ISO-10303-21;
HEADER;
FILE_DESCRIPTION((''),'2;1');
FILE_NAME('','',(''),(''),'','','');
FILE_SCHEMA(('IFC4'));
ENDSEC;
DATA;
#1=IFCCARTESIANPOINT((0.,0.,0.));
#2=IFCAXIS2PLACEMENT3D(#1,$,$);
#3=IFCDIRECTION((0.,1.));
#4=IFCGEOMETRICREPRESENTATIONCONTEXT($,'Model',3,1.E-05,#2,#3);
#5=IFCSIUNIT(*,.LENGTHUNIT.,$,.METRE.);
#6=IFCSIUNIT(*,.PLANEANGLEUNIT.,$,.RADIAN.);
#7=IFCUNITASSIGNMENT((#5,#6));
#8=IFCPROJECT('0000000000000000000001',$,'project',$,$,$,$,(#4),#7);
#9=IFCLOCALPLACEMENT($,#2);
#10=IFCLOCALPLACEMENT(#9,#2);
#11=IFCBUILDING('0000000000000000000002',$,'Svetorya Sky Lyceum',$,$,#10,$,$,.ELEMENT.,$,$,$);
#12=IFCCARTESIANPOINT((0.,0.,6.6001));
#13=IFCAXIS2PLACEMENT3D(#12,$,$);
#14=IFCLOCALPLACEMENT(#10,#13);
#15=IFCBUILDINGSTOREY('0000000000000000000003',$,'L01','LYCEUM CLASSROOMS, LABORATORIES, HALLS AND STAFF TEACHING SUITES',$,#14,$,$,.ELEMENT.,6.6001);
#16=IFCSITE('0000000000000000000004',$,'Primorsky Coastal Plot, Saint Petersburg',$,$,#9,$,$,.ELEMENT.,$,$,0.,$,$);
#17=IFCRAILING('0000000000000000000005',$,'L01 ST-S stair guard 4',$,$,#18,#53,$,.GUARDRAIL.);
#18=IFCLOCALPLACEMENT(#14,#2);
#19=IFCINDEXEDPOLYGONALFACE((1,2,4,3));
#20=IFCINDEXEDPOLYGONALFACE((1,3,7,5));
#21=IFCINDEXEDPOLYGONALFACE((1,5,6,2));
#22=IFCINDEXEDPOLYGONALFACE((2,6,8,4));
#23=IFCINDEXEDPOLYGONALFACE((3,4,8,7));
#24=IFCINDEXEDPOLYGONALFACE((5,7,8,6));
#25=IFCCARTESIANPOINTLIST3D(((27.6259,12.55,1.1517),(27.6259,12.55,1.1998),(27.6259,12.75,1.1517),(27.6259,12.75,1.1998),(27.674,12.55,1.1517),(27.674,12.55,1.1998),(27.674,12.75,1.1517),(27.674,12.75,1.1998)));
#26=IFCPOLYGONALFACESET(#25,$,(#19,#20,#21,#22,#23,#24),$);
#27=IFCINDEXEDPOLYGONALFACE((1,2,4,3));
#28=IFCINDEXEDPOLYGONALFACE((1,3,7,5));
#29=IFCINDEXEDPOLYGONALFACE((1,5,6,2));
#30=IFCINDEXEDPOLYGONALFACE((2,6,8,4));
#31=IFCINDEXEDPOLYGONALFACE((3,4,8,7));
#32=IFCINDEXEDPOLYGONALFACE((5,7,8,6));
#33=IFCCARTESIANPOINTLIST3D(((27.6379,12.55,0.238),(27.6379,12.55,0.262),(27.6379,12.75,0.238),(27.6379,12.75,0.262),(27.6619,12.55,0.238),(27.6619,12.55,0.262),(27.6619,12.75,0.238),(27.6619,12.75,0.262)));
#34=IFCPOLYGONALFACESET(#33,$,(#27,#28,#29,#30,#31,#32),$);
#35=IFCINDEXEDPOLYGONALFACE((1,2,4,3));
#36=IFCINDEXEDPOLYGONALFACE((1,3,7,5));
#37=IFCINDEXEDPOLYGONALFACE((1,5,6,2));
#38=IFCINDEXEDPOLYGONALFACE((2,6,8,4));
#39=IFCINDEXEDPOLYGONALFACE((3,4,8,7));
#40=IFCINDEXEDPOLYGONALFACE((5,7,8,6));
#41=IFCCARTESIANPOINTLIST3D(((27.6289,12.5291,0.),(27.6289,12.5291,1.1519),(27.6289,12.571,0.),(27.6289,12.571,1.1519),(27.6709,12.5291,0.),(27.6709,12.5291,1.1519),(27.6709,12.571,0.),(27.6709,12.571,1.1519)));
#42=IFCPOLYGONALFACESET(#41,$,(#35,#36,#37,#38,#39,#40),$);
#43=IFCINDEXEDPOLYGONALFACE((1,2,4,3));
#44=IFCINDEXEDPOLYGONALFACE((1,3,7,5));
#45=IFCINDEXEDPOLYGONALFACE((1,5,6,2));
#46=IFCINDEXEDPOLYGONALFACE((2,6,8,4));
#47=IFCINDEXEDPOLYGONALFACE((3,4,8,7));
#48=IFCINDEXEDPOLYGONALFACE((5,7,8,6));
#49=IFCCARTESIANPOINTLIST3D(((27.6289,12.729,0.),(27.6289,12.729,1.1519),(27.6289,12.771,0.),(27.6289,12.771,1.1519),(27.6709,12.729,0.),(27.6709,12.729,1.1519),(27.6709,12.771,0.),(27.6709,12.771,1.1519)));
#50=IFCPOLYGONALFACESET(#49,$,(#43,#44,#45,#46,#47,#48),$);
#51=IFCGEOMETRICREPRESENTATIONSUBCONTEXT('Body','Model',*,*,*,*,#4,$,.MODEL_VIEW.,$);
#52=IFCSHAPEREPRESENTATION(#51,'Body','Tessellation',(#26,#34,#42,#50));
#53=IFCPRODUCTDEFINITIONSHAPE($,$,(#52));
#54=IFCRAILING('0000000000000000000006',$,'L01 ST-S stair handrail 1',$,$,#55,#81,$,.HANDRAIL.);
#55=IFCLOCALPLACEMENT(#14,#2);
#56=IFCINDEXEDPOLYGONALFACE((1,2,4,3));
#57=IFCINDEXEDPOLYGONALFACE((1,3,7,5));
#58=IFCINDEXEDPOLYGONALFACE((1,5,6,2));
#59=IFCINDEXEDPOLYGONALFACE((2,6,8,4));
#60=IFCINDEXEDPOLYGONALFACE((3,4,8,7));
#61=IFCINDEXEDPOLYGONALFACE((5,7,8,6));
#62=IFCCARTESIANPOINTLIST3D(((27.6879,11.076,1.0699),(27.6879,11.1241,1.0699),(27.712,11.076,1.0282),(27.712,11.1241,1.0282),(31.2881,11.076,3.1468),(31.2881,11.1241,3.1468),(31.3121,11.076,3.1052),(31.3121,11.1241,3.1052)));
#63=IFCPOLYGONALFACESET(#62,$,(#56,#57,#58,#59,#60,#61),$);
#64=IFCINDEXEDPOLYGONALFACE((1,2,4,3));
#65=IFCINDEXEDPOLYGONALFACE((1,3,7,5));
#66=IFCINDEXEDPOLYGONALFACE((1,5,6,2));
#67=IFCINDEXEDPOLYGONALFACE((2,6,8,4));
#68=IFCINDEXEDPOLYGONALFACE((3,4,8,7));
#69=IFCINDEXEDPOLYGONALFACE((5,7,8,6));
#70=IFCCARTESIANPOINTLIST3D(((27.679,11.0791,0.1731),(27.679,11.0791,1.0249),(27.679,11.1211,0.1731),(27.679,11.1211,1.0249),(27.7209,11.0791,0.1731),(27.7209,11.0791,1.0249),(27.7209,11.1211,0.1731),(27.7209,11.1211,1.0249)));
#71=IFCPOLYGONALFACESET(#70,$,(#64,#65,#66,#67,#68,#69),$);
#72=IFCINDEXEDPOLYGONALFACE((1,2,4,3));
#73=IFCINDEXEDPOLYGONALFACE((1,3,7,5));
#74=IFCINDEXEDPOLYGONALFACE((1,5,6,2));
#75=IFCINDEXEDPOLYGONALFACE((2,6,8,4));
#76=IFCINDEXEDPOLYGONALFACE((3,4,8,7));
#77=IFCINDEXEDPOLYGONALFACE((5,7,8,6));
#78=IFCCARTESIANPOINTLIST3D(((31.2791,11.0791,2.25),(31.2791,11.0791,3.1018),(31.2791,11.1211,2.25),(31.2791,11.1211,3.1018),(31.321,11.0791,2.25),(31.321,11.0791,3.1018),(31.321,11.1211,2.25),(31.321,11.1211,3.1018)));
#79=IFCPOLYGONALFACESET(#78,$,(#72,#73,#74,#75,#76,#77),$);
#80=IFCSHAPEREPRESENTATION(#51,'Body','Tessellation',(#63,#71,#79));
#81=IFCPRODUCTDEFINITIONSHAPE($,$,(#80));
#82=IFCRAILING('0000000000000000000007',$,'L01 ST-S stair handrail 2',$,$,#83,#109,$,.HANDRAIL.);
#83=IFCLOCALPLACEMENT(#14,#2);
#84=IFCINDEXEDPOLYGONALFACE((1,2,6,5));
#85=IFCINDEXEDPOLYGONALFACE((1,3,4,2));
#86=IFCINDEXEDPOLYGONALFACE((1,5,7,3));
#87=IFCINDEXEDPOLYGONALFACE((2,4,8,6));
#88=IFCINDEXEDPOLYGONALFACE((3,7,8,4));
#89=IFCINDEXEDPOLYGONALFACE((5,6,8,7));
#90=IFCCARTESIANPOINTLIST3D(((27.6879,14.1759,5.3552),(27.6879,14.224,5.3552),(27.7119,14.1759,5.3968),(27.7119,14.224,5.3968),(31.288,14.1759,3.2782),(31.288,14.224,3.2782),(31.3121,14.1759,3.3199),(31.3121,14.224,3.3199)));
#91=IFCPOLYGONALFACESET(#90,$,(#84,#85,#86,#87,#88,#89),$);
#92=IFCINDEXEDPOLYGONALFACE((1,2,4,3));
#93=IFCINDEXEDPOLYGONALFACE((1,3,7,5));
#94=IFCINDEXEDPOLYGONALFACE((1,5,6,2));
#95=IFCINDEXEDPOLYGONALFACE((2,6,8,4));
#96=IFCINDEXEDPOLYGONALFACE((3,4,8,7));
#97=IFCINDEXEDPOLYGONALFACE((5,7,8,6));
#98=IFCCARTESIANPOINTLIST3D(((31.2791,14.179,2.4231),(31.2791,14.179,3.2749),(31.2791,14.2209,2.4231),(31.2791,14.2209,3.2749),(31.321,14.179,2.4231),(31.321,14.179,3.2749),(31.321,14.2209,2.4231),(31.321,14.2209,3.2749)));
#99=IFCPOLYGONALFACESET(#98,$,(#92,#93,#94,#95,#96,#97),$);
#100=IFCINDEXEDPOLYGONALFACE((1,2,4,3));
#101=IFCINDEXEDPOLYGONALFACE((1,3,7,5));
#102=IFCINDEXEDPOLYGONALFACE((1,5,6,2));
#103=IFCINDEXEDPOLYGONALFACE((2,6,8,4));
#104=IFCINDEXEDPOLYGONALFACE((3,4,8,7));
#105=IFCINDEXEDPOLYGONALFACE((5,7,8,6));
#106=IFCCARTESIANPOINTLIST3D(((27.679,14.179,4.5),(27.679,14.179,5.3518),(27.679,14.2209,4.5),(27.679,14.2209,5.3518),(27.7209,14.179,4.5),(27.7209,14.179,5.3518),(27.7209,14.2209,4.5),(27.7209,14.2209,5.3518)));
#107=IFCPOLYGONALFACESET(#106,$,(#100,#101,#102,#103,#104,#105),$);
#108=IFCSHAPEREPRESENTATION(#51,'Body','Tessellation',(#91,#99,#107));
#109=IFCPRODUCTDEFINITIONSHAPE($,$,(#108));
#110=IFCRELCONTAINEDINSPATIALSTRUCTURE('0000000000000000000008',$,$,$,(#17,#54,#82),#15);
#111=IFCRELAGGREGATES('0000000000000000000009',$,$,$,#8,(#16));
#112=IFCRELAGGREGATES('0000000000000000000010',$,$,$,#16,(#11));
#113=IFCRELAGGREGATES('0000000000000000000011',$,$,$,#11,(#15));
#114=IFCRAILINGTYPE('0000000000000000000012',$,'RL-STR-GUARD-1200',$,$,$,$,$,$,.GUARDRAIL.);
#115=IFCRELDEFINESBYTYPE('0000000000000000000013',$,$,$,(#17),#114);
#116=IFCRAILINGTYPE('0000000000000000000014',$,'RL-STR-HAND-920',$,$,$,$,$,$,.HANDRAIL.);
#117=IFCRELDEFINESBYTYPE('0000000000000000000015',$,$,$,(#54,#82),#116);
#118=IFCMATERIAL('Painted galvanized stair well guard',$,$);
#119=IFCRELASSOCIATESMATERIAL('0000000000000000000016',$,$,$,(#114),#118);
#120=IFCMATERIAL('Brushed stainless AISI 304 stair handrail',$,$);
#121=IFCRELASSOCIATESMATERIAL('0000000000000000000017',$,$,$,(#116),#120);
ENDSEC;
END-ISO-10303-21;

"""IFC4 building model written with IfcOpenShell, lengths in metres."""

from ifc_helpers import new_model, si_unit, direction, frame, origin, origin_2d, place, context, subcontext, project, spatial, rectangle, extrude, material, type_object, element, save


model = new_model("IFC4")

# Units and contexts
model_context = context("Model", 3, precision=1e-05, world=origin(), true_north=direction((0.0, 1.0)))
body_context = subcontext(model_context, "Body", "Model", "MODEL_VIEW")
ifc_project = project(units=[si_unit("LENGTHUNIT", "METRE"), si_unit("PLANEANGLEUNIT", "RADIAN")], contexts=[model_context])

# Site, building, storey
site_placement = place(None, origin())
site = spatial("IfcSite", under=ifc_project, at=site_placement, Name="Primorsky Coastal Plot, Saint Petersburg", CompositionType="ELEMENT", RefElevation=0.0)
building_placement = place(site_placement, origin())
building = spatial("IfcBuilding", under=site, at=building_placement, Name="Svetorya Sky Lyceum", CompositionType="ELEMENT")
storey_placement = place(building_placement, frame((0.0, 0.0, 6.6001)))
storey = spatial("IfcBuildingStorey", under=building, at=storey_placement, Name="L01", Description="LYCEUM CLASSROOMS, LABORATORIES, HALLS AND STAFF TEACHING SUITES", CompositionType="ELEMENT", Elevation=6.6001)

# Railings
ifc_material_1 = material(Name="Painted galvanized stair well guard")
railing_type_1 = type_object("IfcRailingType", Name="RL-STR-GUARD-1200", PredefinedType="GUARDRAIL", material=ifc_material_1)
railing_1_placement = place(storey_placement, frame((27.6499, 12.55, 0.0)))
element("IfcRailing", 1, at=railing_1_placement, inside=storey, type_object=railing_type_1, Name="L01 ST-S stair guard 4", PredefinedType="GUARDRAIL", context=body_context, shape_type="SweptSolid", body=[
    extrude(rectangle(XDim=0.0481, YDim=0.0481, at=origin_2d()), frame((0.0, 0.0, 1.1758), z_axis=(0.0, 1.0, 0.0), x_axis=(-1.0, 0.0, 0.0)), (0.0, 0.0, 1.0), 0.2),
    extrude(rectangle(XDim=0.0239, YDim=0.0239, at=origin_2d()), frame((0.0, 0.0, 0.25), z_axis=(0.0, 1.0, 0.0), x_axis=(-1.0, 0.0, 0.0)), (0.0, 0.0, 1.0), 0.2),
    extrude(rectangle(XDim=0.042, YDim=0.042, at=origin_2d()), origin(), (0.0, 0.0, 1.0), 1.1519),
    extrude(rectangle(XDim=0.042, YDim=0.042, at=origin_2d()), frame((0.0, 0.2, 0.0)), (0.0, 0.0, 1.0), 1.1519),
])
ifc_material_2 = material(Name="Brushed stainless AISI 304 stair handrail")
railing_type_2 = type_object("IfcRailingType", Name="RL-STR-HAND-920", PredefinedType="HANDRAIL", material=ifc_material_2)
railing_2_placement = place(storey_placement, frame((27.7, 11.1001, 0.1731)))
element("IfcRailing", 2, at=railing_2_placement, inside=storey, type_object=railing_type_2, Name="L01 ST-S stair handrail 1", PredefinedType="HANDRAIL", context=body_context, shape_type="SweptSolid", body=[
    extrude(rectangle(XDim=0.0481, YDim=0.0481, at=origin_2d()), frame((0.0, 0.0, 0.876), z_axis=(0.866193, 0.0, 0.499709), x_axis=(0.0, 1.0, 0.0)), (0.0, 0.0, 1.0), 4.1562),
    extrude(rectangle(XDim=0.042, YDim=0.042, at=origin_2d()), origin(), (0.0, 0.0, 1.0), 0.8518),
    extrude(rectangle(XDim=0.042, YDim=0.042, at=origin_2d()), frame((3.6001, 0.0, 2.0769)), (0.0, 0.0, 1.0), 0.8518),
])
railing_3_placement = place(storey_placement, frame((31.3, 14.2, 2.4231)))
element("IfcRailing", 3, at=railing_3_placement, inside=storey, type_object=railing_type_2, Name="L01 ST-S stair handrail 2", PredefinedType="HANDRAIL", context=body_context, shape_type="SweptSolid", body=[
    extrude(rectangle(XDim=0.0481, YDim=0.0481, at=origin_2d()), frame((0.0, 0.0, 0.876), z_axis=(-0.866193, 0.0, 0.499709), x_axis=(0.0, -1.0, 0.0)), (0.0, 0.0, 1.0), 4.1562),
    extrude(rectangle(XDim=0.042, YDim=0.042, at=origin_2d()), origin(), (0.0, 0.0, 1.0), 0.8518),
    extrude(rectangle(XDim=0.042, YDim=0.042, at=origin_2d()), frame((-3.6001, 0.0, 2.0769)), (0.0, 0.0, 1.0), 0.8518),
])

save(model, "model.ifc")
